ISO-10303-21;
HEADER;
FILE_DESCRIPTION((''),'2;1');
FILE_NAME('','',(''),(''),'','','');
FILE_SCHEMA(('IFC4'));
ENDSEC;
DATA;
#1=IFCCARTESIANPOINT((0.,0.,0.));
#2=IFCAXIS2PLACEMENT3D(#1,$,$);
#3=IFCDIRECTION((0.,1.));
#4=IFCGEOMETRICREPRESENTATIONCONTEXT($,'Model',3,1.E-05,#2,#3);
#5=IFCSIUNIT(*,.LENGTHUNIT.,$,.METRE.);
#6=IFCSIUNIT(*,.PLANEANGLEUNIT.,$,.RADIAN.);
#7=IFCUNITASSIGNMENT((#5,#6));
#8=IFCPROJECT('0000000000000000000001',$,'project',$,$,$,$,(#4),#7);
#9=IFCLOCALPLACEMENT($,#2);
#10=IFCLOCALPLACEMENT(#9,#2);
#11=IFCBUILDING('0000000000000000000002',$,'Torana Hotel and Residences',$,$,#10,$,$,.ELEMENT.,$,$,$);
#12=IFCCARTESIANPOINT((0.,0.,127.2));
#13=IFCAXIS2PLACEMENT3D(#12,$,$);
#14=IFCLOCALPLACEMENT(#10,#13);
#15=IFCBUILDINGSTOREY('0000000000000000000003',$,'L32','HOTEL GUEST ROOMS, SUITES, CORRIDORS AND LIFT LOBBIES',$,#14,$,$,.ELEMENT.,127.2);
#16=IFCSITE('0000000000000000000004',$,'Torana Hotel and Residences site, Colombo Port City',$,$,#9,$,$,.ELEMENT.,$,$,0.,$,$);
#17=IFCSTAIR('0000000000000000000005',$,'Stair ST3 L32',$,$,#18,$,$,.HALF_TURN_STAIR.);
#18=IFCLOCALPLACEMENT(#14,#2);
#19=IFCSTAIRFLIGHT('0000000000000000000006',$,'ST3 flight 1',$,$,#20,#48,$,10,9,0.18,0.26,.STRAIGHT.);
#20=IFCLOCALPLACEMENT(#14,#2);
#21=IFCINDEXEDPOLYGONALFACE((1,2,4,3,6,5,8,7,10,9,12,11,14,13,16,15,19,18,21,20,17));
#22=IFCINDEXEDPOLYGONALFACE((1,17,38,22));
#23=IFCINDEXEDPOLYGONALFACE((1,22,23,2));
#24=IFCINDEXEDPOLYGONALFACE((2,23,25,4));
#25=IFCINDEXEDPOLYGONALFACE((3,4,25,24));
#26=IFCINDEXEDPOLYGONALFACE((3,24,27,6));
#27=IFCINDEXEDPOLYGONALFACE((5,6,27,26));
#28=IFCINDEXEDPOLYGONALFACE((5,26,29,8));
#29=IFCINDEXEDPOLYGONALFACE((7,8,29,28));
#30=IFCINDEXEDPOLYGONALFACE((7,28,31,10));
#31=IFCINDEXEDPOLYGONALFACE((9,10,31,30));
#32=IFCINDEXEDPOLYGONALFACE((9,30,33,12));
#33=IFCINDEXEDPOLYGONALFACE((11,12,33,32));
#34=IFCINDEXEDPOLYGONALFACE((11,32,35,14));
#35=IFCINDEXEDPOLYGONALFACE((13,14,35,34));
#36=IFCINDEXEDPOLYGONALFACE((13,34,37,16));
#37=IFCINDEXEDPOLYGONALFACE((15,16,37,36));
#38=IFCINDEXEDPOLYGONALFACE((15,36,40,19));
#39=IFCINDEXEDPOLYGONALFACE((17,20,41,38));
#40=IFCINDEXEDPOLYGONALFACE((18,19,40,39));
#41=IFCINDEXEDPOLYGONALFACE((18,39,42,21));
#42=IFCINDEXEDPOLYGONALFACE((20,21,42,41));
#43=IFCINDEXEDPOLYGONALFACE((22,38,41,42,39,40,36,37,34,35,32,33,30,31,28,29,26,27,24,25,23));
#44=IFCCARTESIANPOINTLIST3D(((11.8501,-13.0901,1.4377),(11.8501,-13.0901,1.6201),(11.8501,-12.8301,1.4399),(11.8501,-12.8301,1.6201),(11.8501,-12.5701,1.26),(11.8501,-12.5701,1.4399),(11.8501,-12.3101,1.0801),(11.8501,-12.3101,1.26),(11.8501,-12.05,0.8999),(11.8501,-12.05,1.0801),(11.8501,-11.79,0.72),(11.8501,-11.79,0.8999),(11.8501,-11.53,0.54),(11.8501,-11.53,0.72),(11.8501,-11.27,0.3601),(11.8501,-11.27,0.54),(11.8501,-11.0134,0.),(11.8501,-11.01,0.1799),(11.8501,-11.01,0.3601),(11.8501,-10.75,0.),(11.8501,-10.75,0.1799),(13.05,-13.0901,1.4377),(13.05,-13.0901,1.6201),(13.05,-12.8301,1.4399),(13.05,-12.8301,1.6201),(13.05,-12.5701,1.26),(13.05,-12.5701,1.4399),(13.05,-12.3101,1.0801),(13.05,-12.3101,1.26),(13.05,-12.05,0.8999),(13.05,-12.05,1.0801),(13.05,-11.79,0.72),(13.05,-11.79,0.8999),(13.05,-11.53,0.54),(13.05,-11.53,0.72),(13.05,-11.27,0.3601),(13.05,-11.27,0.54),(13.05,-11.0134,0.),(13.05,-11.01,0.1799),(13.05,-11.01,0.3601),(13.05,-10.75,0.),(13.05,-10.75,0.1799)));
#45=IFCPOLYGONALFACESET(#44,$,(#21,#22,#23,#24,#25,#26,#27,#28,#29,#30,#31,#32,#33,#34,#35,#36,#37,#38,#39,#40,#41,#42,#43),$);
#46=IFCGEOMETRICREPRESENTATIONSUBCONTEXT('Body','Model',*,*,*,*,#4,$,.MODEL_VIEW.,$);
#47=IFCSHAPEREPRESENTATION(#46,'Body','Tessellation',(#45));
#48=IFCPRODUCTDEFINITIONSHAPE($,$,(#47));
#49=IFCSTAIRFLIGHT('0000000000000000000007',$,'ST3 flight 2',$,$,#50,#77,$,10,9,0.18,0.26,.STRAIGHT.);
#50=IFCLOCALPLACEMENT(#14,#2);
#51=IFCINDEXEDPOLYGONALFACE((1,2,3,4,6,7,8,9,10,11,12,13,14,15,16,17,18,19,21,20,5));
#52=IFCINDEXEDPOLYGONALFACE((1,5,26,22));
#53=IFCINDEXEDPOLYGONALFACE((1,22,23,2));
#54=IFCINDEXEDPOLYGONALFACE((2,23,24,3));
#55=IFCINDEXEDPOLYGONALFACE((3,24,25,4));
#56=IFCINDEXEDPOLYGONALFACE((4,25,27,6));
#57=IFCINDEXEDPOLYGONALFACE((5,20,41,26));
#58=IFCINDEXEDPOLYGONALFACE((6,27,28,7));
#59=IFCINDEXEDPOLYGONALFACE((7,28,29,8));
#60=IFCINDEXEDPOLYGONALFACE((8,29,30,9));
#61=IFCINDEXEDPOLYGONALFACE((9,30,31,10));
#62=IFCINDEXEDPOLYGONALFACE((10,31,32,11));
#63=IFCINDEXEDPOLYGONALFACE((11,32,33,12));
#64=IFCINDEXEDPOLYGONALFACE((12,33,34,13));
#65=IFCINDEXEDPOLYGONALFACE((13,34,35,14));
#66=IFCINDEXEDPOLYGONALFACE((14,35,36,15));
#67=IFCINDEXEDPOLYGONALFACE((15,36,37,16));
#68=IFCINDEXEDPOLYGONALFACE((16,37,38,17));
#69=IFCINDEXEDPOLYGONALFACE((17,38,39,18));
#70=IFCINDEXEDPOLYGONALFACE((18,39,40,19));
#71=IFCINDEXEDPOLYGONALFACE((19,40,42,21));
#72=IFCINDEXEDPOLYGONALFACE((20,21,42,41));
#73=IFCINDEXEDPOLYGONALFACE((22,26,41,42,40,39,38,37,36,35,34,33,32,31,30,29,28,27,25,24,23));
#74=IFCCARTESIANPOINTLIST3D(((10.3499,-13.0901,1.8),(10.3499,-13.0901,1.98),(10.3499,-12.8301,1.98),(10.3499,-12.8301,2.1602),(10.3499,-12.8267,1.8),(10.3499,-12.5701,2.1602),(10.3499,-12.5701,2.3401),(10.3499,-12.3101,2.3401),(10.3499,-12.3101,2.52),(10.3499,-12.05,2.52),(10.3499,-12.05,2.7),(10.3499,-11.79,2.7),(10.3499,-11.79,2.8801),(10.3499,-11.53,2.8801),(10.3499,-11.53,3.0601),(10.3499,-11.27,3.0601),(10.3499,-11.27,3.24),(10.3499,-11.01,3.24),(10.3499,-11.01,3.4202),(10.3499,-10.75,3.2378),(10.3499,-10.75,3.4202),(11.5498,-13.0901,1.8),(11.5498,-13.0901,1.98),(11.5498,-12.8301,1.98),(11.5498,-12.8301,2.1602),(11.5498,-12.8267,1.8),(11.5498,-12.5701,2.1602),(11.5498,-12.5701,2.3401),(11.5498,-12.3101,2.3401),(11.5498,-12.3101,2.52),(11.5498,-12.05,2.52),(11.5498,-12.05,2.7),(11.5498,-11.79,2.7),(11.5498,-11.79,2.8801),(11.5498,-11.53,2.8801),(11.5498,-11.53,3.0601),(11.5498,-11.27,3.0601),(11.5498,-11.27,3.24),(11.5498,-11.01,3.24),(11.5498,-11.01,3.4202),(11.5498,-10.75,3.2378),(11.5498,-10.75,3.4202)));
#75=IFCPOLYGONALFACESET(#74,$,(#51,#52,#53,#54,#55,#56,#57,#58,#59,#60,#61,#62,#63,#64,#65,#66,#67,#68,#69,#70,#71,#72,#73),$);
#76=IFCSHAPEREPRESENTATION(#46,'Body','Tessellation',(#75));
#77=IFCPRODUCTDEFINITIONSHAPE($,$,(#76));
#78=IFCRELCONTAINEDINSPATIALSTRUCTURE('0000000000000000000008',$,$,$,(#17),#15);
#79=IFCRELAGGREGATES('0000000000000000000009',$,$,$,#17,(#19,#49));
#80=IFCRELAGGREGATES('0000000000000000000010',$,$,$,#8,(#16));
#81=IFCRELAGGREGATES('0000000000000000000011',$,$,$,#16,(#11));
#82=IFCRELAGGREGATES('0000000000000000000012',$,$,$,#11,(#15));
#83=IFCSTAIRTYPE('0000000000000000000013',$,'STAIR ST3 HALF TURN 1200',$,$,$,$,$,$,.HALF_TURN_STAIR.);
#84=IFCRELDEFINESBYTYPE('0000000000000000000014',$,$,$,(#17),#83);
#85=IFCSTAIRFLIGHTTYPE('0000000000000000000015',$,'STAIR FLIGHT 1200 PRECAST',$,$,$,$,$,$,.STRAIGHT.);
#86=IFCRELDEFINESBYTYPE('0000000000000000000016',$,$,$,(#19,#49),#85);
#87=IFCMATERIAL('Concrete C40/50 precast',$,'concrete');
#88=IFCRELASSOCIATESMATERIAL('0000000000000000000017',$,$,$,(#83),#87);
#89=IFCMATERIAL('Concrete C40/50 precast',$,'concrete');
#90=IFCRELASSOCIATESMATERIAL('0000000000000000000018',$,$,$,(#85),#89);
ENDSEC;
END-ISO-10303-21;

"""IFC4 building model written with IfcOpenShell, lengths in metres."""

from ifc_helpers import new_model, si_unit, direction, frame, origin, place, context, subcontext, project, spatial, polyline, outline, extrude, material, type_object, element, aggregate, save


model = new_model("IFC4")

# Units and contexts
model_context = context("Model", 3, precision=1e-05, world=origin(), true_north=direction((0.0, 1.0)))
body_context = subcontext(model_context, "Body", "Model", "MODEL_VIEW")
ifc_project = project(units=[si_unit("LENGTHUNIT", "METRE"), si_unit("PLANEANGLEUNIT", "RADIAN")], contexts=[model_context])

# Site, building, storey
site_placement = place(None, origin())
site = spatial("IfcSite", under=ifc_project, at=site_placement, Name="Torana Hotel and Residences site, Colombo Port City", CompositionType="ELEMENT", RefElevation=0.0)
building_placement = place(site_placement, origin())
building = spatial("IfcBuilding", under=site, at=building_placement, Name="Torana Hotel and Residences", CompositionType="ELEMENT")
storey_placement = place(building_placement, frame((0.0, 0.0, 127.2)))
storey = spatial("IfcBuildingStorey", under=building, at=storey_placement, Name="L32", Description="HOTEL GUEST ROOMS, SUITES, CORRIDORS AND LIFT LOBBIES", CompositionType="ELEMENT", Elevation=127.2)

# Stair, stair flights
ifc_material_1 = material(Name="Concrete C40/50 precast", Category="concrete")
stair_type = type_object("IfcStairType", Name="STAIR ST3 HALF TURN 1200", PredefinedType="HALF_TURN_STAIR", material=ifc_material_1)
stair_placement = place(storey_placement, origin())
stair = element("IfcStair", 1, at=stair_placement, inside=storey, type_object=stair_type, Name="Stair ST3 L32", PredefinedType="HALF_TURN_STAIR")
ifc_material_2 = material(Name="Concrete C40/50 precast", Category="concrete")
stair_flight_type = type_object("IfcStairFlightType", Name="STAIR FLIGHT 1200 PRECAST", PredefinedType="STRAIGHT", material=ifc_material_2)
stair_flight_1_placement = place(storey_placement, frame((12.45, -10.75, 0.0), z_axis=(0.0, 0.0, 1.0), x_axis=(0.0, -1.0, 0.0)))
stair_flight_1 = element("IfcStairFlight", 2, at=stair_flight_1_placement, type_object=stair_flight_type, Name="ST3 flight 1", NumberOfRisers=10, NumberOfTreads=9, PredefinedType="STRAIGHT", RiserHeight=0.18, TreadLength=0.26, context=body_context, shape_type="SweptSolid", body=[
    extrude(outline(polyline([(0.0, 0.0), (0.0, 0.1799), (0.26, 0.1799), (0.26, 0.3601), (0.52, 0.3601), (0.52, 0.54), (0.78, 0.54), (0.78, 0.72), (1.04, 0.72), (1.04, 0.8999), (1.3, 0.8999), (1.3, 1.0801), (1.5601, 1.0801), (1.5601, 1.26), (1.8201, 1.26), (1.8201, 1.4399), (2.0801, 1.4399), (2.0801, 1.6201), (2.3401, 1.6201), (2.3401, 1.8), (2.3401, 1.4377), (0.2634, 0.0), (0.0, 0.0)])), frame((0.0, 0.6001, 0.0), z_axis=(0.0, -1.0, 0.0), x_axis=(1.0, 0.0, 0.0)), (0.0, 0.0, 1.0), 1.2),
])
stair_flight_2_placement = place(storey_placement, frame((10.95, -13.0901, 1.8), z_axis=(0.0, 0.0, 1.0), x_axis=(0.0, 1.0, 0.0)))
stair_flight_2 = element("IfcStairFlight", 3, at=stair_flight_2_placement, type_object=stair_flight_type, Name="ST3 flight 2", NumberOfRisers=10, NumberOfTreads=9, PredefinedType="STRAIGHT", RiserHeight=0.18, TreadLength=0.26, context=body_context, shape_type="SweptSolid", body=[
    extrude(outline(polyline([(0.0, 0.0), (0.0, 0.1799), (0.26, 0.1799), (0.26, 0.3601), (0.52, 0.3601), (0.52, 0.54), (0.78, 0.54), (0.78, 0.72), (1.04, 0.72), (1.04, 0.8999), (1.3, 0.8999), (1.3, 1.0801), (1.5601, 1.0801), (1.5601, 1.26), (1.8201, 1.26), (1.8201, 1.4399), (2.0801, 1.4399), (2.0801, 1.6201), (2.3401, 1.6201), (2.3401, 1.8), (2.3401, 1.4377), (0.2634, 0.0), (0.0, 0.0)])), frame((0.0, 0.6001, 0.0), z_axis=(0.0, -1.0, 0.0), x_axis=(1.0, 0.0, 0.0)), (0.0, 0.0, 1.0), 1.2),
])
aggregate(stair, [stair_flight_1, stair_flight_2])

save(model, "model.ifc")
